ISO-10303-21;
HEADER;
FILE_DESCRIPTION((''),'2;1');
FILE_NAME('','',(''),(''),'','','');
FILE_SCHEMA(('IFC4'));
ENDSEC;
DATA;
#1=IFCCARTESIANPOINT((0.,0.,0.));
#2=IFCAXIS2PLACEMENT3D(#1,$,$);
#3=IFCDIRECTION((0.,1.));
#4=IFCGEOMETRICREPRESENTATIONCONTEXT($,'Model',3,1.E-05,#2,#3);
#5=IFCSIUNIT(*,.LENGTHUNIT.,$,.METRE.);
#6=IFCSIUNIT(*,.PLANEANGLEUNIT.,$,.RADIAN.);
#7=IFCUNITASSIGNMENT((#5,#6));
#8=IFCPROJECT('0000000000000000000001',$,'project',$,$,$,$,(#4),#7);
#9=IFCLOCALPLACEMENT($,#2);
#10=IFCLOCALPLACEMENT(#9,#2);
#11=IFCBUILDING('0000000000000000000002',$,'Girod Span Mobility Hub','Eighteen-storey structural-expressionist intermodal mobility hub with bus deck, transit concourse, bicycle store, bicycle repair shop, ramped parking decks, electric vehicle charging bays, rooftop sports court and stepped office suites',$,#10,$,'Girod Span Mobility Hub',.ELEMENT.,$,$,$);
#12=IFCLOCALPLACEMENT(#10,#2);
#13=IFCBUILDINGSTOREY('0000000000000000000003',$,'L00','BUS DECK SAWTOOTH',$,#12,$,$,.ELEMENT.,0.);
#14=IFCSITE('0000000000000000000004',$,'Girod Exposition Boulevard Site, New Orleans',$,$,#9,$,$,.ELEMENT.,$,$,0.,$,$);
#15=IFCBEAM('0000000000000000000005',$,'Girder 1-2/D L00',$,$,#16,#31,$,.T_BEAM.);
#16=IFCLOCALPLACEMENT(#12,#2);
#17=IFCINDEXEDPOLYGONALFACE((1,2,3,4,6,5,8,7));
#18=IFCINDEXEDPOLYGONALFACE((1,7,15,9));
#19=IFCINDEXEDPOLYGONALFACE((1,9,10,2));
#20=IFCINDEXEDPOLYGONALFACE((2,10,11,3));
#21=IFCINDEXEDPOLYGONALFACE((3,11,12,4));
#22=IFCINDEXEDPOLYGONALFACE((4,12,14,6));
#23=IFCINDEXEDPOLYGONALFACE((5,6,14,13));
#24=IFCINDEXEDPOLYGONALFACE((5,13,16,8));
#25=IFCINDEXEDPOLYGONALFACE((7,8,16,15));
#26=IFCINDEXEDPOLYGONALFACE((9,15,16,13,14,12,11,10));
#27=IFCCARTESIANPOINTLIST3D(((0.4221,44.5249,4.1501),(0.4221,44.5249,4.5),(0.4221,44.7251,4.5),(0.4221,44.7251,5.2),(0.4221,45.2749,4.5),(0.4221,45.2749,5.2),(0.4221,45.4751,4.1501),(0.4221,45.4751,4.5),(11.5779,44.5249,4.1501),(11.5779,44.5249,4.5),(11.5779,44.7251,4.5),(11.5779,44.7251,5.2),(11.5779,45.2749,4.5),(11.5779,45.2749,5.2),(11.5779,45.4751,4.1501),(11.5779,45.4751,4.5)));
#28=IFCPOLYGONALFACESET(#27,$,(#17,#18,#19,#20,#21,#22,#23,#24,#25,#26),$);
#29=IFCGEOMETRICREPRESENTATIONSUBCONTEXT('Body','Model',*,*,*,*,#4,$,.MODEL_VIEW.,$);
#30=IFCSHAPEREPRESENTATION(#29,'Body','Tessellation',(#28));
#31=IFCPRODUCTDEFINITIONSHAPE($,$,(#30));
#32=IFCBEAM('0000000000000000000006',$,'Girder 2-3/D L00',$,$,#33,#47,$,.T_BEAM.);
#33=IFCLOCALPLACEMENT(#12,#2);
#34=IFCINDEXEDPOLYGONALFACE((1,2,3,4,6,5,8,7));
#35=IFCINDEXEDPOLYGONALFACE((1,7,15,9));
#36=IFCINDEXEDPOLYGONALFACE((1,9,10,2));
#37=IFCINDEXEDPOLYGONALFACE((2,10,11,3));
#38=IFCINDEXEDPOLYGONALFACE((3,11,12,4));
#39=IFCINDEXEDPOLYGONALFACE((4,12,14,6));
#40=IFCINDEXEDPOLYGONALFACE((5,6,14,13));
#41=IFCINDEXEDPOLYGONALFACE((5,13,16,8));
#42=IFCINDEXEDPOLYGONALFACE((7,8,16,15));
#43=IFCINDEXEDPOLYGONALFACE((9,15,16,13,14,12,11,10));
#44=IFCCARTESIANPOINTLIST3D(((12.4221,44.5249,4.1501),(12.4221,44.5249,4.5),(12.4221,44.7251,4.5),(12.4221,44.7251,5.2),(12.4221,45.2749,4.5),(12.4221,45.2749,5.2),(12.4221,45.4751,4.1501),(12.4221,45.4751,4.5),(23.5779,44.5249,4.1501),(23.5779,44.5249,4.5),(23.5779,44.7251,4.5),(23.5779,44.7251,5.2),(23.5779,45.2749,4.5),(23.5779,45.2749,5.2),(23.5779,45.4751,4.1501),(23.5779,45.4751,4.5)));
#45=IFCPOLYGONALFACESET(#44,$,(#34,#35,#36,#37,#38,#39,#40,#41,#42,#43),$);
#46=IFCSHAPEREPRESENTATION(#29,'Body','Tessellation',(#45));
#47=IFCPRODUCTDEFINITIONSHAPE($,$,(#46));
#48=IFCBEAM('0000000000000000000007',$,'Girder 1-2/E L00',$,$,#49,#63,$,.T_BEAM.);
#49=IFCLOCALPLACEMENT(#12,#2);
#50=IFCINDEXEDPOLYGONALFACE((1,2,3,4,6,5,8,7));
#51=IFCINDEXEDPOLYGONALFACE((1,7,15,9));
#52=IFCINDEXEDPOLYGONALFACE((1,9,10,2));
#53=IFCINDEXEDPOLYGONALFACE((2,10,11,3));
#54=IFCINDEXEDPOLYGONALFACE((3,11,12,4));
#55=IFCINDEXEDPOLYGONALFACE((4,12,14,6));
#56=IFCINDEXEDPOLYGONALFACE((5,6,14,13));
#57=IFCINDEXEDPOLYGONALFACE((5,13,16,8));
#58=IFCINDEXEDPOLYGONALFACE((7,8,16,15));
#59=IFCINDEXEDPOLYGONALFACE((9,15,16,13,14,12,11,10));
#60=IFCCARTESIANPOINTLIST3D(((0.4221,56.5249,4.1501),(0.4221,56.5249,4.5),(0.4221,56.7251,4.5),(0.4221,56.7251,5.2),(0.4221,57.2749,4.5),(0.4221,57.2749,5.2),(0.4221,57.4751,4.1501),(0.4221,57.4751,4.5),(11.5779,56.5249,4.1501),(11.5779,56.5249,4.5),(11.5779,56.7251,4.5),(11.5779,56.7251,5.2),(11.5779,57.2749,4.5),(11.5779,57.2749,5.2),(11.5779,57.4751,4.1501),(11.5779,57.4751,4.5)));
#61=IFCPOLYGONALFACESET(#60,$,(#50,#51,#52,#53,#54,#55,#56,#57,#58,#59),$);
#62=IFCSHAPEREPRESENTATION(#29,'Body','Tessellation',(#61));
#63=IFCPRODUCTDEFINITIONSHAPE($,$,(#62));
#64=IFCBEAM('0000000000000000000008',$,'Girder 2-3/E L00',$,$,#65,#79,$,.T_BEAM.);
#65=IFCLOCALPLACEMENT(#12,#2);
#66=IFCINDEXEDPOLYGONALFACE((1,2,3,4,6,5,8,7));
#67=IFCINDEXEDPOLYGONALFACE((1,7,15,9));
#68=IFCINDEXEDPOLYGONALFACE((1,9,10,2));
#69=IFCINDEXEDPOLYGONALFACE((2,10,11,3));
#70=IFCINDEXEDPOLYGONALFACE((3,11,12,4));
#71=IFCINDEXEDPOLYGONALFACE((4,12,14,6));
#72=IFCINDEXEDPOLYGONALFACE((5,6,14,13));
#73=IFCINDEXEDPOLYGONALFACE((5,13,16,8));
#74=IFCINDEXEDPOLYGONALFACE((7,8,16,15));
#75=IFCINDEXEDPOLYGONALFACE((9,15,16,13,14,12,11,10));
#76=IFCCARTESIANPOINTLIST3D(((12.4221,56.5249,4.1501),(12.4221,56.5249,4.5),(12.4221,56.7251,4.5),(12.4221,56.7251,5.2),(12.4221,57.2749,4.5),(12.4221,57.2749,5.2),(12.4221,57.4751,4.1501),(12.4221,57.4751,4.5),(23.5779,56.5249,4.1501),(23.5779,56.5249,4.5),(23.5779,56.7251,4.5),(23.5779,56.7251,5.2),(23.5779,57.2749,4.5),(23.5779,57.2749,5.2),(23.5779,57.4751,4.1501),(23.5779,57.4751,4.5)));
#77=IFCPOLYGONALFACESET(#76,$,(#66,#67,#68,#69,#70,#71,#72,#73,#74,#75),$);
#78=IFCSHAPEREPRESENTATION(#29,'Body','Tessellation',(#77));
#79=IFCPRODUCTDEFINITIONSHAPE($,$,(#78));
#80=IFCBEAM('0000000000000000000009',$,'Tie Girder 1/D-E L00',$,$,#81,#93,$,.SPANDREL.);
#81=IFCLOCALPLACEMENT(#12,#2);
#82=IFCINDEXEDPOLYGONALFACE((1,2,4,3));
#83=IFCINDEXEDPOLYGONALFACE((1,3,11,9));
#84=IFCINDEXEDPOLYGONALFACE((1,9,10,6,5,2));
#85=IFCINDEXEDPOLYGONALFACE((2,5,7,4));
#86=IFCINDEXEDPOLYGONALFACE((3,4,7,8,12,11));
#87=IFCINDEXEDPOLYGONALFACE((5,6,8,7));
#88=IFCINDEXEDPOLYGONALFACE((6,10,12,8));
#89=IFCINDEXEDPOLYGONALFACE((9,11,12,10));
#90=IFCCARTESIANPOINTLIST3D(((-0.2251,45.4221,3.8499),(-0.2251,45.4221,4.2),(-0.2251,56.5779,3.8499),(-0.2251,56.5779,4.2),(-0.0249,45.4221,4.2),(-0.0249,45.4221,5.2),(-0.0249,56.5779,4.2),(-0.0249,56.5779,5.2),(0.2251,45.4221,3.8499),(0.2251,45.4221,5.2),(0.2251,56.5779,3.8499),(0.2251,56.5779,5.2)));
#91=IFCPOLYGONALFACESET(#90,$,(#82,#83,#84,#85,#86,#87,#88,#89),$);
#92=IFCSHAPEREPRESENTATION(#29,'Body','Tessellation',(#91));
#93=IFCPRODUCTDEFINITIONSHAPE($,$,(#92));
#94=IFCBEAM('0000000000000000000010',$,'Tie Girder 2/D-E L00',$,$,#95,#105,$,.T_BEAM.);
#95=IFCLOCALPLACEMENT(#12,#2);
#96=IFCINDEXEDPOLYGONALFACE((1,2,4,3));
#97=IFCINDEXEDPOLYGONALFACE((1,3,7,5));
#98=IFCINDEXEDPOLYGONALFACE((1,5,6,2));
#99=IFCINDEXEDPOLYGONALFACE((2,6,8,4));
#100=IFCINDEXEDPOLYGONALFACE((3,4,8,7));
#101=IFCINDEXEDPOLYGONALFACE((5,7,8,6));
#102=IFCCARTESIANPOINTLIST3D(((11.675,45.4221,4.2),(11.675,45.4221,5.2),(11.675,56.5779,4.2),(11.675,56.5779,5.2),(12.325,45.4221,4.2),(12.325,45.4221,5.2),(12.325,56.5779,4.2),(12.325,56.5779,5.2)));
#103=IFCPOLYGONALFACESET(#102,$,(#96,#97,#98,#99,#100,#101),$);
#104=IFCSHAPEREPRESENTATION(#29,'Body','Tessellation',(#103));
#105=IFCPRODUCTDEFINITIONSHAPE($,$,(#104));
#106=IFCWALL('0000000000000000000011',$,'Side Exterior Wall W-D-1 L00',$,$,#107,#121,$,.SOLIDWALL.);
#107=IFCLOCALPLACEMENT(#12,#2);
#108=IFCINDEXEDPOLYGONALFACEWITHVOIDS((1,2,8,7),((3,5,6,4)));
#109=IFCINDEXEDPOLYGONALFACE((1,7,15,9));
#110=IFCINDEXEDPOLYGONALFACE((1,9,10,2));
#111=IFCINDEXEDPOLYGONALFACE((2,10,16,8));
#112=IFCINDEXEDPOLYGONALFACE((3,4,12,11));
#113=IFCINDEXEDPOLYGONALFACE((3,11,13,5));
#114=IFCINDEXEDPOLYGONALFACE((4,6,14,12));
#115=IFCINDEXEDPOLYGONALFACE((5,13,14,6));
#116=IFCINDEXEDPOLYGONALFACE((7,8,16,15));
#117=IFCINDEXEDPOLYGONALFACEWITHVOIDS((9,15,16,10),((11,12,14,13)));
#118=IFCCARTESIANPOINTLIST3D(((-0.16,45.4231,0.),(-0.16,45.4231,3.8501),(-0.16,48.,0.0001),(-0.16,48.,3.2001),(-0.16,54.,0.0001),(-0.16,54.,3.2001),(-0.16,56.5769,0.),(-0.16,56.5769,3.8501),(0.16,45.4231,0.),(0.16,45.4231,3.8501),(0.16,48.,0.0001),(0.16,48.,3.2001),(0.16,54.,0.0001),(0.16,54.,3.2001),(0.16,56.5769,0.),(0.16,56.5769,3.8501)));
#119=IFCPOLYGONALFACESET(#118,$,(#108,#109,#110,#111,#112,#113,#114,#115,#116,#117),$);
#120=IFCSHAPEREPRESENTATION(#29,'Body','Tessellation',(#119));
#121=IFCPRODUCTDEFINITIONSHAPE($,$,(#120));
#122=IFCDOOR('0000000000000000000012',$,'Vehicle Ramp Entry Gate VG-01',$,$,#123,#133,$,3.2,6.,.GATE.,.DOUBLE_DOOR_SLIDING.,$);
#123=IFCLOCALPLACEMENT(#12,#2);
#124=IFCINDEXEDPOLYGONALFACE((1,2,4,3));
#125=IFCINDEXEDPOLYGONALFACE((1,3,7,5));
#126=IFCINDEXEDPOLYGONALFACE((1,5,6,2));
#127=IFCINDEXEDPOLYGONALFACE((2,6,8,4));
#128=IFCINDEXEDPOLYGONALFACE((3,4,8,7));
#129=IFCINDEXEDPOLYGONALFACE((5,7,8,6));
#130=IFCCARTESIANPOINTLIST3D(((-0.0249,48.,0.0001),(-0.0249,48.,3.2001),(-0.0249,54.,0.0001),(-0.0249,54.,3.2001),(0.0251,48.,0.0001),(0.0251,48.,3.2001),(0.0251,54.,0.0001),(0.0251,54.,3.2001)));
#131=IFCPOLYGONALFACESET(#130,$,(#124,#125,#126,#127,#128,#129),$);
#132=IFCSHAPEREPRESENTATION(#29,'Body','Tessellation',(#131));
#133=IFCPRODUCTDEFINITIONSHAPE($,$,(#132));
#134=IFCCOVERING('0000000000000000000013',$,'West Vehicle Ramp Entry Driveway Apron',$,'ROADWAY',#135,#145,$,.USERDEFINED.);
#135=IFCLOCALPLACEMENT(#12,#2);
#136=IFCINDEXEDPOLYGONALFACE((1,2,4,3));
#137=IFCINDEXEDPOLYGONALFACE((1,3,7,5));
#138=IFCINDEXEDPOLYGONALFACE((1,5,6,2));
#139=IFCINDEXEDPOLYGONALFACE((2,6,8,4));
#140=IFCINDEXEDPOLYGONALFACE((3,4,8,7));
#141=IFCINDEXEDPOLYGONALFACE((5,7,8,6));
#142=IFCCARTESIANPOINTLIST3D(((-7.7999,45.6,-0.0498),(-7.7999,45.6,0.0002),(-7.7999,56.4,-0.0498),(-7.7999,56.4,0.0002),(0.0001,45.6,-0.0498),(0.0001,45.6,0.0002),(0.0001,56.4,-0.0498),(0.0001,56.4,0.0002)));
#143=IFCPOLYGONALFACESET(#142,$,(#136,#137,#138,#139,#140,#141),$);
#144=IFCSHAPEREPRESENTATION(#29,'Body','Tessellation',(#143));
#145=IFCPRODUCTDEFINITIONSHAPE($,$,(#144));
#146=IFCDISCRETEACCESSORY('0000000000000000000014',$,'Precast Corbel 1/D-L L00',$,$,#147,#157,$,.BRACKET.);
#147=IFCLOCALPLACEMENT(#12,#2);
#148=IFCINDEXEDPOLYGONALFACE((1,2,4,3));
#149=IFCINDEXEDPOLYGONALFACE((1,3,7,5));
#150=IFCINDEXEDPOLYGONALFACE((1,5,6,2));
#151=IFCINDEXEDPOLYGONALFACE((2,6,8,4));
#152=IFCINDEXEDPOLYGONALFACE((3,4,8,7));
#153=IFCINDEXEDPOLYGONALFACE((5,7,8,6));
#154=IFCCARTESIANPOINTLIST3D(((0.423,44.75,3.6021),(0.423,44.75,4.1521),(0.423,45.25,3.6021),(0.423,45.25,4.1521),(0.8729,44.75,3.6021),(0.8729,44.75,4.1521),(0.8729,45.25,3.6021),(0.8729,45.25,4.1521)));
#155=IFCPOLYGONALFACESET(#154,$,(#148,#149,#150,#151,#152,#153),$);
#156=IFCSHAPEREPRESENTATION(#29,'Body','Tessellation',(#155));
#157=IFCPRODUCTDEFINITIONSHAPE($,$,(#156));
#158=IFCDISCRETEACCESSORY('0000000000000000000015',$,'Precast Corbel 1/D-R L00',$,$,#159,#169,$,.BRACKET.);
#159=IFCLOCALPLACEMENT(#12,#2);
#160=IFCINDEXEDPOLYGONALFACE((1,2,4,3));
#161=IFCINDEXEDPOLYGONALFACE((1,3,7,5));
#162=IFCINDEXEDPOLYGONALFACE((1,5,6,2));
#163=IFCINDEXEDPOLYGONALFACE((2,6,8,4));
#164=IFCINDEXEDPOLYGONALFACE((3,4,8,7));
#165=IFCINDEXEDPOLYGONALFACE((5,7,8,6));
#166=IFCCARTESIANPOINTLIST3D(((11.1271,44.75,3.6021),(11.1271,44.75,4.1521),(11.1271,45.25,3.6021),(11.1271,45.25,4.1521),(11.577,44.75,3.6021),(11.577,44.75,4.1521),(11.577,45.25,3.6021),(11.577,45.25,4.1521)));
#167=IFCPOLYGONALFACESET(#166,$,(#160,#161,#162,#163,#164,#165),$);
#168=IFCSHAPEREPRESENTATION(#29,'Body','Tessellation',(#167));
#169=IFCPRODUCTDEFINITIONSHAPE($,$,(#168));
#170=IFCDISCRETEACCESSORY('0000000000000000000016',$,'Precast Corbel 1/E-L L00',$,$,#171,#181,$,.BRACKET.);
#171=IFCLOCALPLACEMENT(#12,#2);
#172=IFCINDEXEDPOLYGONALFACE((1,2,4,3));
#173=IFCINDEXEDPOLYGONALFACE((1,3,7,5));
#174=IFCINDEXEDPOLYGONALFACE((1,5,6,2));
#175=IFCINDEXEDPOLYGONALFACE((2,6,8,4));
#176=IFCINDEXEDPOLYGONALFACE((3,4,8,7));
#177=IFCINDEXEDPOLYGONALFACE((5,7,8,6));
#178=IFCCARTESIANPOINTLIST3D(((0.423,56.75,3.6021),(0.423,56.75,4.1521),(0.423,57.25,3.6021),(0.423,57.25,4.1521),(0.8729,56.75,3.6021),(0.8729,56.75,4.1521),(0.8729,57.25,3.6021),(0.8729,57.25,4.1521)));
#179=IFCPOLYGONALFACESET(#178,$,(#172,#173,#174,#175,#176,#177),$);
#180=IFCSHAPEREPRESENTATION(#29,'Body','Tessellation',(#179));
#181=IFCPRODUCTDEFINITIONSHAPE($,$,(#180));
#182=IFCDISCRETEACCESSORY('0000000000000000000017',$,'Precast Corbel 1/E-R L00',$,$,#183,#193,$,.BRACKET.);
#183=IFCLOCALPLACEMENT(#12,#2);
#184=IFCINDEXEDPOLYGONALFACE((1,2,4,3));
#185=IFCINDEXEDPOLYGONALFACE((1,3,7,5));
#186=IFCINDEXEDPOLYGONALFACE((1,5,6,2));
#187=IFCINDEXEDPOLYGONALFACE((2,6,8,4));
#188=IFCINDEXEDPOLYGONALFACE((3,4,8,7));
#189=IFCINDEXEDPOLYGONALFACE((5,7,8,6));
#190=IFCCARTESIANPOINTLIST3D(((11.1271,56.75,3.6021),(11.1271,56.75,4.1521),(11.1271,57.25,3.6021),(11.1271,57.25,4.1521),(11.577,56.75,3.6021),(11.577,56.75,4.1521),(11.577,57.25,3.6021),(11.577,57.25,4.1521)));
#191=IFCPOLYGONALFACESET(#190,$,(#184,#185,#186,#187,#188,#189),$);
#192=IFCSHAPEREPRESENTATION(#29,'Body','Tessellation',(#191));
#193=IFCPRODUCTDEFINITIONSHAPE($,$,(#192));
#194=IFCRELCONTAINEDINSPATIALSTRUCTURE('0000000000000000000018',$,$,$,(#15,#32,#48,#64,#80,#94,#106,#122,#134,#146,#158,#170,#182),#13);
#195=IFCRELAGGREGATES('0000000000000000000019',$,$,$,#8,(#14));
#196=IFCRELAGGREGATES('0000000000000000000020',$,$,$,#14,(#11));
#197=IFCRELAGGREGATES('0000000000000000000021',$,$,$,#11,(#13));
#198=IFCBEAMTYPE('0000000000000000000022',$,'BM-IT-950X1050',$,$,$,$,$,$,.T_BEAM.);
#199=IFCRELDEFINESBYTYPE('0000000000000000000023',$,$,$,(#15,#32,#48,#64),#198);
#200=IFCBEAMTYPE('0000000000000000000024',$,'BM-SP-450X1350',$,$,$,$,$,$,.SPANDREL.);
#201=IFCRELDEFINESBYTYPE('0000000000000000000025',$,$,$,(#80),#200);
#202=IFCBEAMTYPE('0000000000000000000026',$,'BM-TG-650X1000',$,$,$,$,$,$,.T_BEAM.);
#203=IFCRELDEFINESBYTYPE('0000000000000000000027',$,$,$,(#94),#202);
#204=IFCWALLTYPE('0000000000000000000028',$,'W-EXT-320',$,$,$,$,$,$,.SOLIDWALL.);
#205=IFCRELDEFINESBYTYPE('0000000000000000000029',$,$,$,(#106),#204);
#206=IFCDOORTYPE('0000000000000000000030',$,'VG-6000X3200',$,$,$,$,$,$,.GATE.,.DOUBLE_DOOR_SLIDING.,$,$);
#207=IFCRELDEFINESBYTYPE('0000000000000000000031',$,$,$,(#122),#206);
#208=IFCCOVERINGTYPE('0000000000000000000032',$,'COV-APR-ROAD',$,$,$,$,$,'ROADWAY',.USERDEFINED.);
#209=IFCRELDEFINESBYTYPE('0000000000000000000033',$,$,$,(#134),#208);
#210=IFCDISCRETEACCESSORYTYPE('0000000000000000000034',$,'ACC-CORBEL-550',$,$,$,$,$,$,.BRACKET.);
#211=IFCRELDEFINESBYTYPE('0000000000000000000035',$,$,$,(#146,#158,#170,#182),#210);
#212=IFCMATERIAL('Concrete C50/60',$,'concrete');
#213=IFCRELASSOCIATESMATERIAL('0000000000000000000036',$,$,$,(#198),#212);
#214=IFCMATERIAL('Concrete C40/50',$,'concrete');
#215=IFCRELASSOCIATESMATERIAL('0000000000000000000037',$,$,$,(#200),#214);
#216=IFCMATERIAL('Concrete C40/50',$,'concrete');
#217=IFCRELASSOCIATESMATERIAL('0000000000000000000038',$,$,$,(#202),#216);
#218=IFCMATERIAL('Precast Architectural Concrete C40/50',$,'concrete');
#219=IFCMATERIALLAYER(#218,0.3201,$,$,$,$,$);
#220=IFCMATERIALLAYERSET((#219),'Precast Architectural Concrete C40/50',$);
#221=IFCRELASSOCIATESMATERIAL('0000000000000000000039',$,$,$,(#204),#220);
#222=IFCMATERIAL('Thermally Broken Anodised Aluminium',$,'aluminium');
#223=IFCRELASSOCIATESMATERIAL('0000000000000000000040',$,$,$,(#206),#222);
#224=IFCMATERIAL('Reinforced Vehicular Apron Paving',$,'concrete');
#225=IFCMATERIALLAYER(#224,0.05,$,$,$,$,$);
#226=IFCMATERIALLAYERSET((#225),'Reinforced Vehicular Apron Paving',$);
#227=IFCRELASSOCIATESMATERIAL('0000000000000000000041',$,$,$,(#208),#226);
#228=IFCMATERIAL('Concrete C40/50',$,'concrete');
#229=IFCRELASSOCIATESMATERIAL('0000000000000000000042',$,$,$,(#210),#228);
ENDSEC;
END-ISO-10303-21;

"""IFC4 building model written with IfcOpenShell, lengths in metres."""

from ifc_helpers import new_model, si_unit, direction, frame, frame_2d, origin, origin_2d, place, context, subcontext, project, spatial, polyline, rectangle, outline, extrude, material, layer, layer_set, material_profile, profile_set, type_object, element, fill, save


model = new_model("IFC4")

# Units and contexts
model_context = context("Model", 3, precision=1e-05, world=origin(), true_north=direction((0.0, 1.0)))
body_context = subcontext(model_context, "Body", "Model", "MODEL_VIEW")
ifc_project = project(units=[si_unit("LENGTHUNIT", "METRE"), si_unit("PLANEANGLEUNIT", "RADIAN")], contexts=[model_context])

# Site, building, storey
site_placement = place(None, origin())
site = spatial("IfcSite", under=ifc_project, at=site_placement, Name="Girod Exposition Boulevard Site, New Orleans", CompositionType="ELEMENT", RefElevation=0.0)
building_placement = place(site_placement, origin())
building = spatial("IfcBuilding", under=site, at=building_placement, Name="Girod Span Mobility Hub", Description="Eighteen-storey structural-expressionist intermodal mobility hub with bus deck, transit concourse, bicycle store, bicycle repair shop, ramped parking decks, electric vehicle charging bays, rooftop sports court and stepped office suites", LongName="Girod Span Mobility Hub", CompositionType="ELEMENT")
storey_placement = place(building_placement, origin())
storey = spatial("IfcBuildingStorey", under=building, at=storey_placement, Name="L00", Description="BUS DECK SAWTOOTH", CompositionType="ELEMENT", Elevation=0.0)

# Beams
ifc_material_1 = material(Name="Concrete C50/60", Category="concrete")
ifc_material_profile_1 = material_profile(ifc_material_1, outline(polyline([(-0.4751, -0.5249), (0.4751, -0.5249), (0.4751, -0.175), (0.2749, -0.175), (0.2749, 0.5249), (-0.2749, 0.5249), (-0.2749, -0.175), (-0.4751, -0.175), (-0.4751, -0.5249)])), Name="IT-950X1050")
ifc_profile_set_1 = profile_set([ifc_material_profile_1], Name="Concrete C50/60")
beam_type_1 = type_object("IfcBeamType", Name="BM-IT-950X1050", PredefinedType="T_BEAM", material=ifc_profile_set_1)
for number, where, z_axis, x_axis, name in (
    (1, (0.4221, 45.0, 4.675), (1.0, 0.0, 0.0), (0.0, 1.0, 0.0), "Girder 1-2/D L00"),
    (2, (12.4221, 45.0, 4.675), (1.0, 0.0, 0.0), (0.0, 1.0, 0.0), "Girder 2-3/D L00"),
    (3, (0.4221, 57.0, 4.675), (1.0, 0.0, 0.0), (0.0, 1.0, 0.0), "Girder 1-2/E L00"),
    (4, (12.4221, 57.0, 4.675), (1.0, 0.0, 0.0), (0.0, 1.0, 0.0), "Girder 2-3/E L00"),
):
    element("IfcBeam", number, at=place(storey_placement, frame(where, z_axis=z_axis, x_axis=x_axis)), inside=storey, type_object=beam_type_1, Name=name, PredefinedType="T_BEAM", context=body_context, shape_type="SweptSolid", body=[
        extrude(outline(polyline([(-0.4751, -0.5249), (0.4751, -0.5249), (0.4751, -0.175), (0.2749, -0.175), (0.2749, 0.5249), (-0.2749, 0.5249), (-0.2749, -0.175), (-0.4751, -0.175), (-0.4751, -0.5249)])), origin(), (0.0, 0.0, 1.0), 11.1558),
    ])
ifc_material_2 = material(Name="Concrete C40/50", Category="concrete")
ifc_material_profile_2 = material_profile(ifc_material_2, outline(polyline([(-0.2251, -0.675), (0.2251, -0.675), (0.2251, -0.325), (0.0249, -0.325), (0.0249, 0.675), (-0.2251, 0.675), (-0.2251, -0.675)])), Name="SP-450X1350")
ifc_profile_set_2 = profile_set([ifc_material_profile_2], Name="Concrete C40/50")
beam_type_2 = type_object("IfcBeamType", Name="BM-SP-450X1350", PredefinedType="SPANDREL", material=ifc_profile_set_2)
beam_1_placement = place(storey_placement, frame((0.0, 45.4221, 4.5249), z_axis=(0.0, 1.0, 0.0), x_axis=(-1.0, 0.0, 0.0)))
element("IfcBeam", 5, at=beam_1_placement, inside=storey, type_object=beam_type_2, Name="Tie Girder 1/D-E L00", PredefinedType="SPANDREL", context=body_context, shape_type="SweptSolid", body=[
    extrude(outline(polyline([(-0.2251, -0.675), (0.2251, -0.675), (0.2251, -0.325), (0.0249, -0.325), (0.0249, 0.675), (-0.2251, 0.675), (-0.2251, -0.675)])), origin(), (0.0, 0.0, 1.0), 11.1558),
])
ifc_material_3 = material(Name="Concrete C40/50", Category="concrete")
ifc_material_profile_3 = material_profile(ifc_material_3, rectangle(XDim=0.6499, YDim=1.0, at=origin_2d()), Name="TG-650X1000")
ifc_profile_set_3 = profile_set([ifc_material_profile_3], Name="Concrete C40/50")
beam_type_3 = type_object("IfcBeamType", Name="BM-TG-650X1000", PredefinedType="T_BEAM", material=ifc_profile_set_3)
beam_2_placement = place(storey_placement, frame((12.0, 45.4221, 4.7), z_axis=(0.0, 1.0, 0.0), x_axis=(-1.0, 0.0, 0.0)))
element("IfcBeam", 6, at=beam_2_placement, inside=storey, type_object=beam_type_3, Name="Tie Girder 2/D-E L00", PredefinedType="T_BEAM", context=body_context, shape_type="SweptSolid", body=[
    extrude(rectangle(XDim=0.6499, YDim=1.0, at=origin_2d()), origin(), (0.0, 0.0, 1.0), 11.1558),
])

# Wall, opening, door
ifc_material_4 = material(Name="Precast Architectural Concrete C40/50", Category="concrete")
ifc_layer_1 = layer(ifc_material_4, 0.3201)
ifc_layer_set_1 = layer_set([ifc_layer_1], Name="Precast Architectural Concrete C40/50")
wall_type = type_object("IfcWallType", Name="W-EXT-320", PredefinedType="SOLIDWALL", material=ifc_layer_set_1)
wall_placement = place(storey_placement, frame((0.0, 45.4231, 0.0), z_axis=(0.0, 0.0, 1.0), x_axis=(0.0, 1.0, 0.0)))
wall = element("IfcWall", 7, at=wall_placement, inside=storey, type_object=wall_type, Name="Side Exterior Wall W-D-1 L00", PredefinedType="SOLIDWALL", context=body_context, shape_type="SweptSolid", body=[
    extrude(rectangle(XDim=11.1538, YDim=0.3201, at=frame_2d((5.5769, 0.0))), origin(), (0.0, 0.0, 1.0), 3.8501),
])
opening_placement = place(wall_placement, frame((2.5769, 0.0, 0.0)))
opening = element("IfcOpeningElement", 8, at=opening_placement, cuts=wall, PredefinedType="OPENING", context=body_context, shape_type="SweptSolid", body=[
    extrude(rectangle(XDim=6.0, YDim=3.2, at=frame_2d((3.0, 1.6001))), frame((0.0, 0.175, 0.0), z_axis=(0.0, -1.0, 0.0), x_axis=(1.0, 0.0, 0.0)), (0.0, 0.0, 1.0), 0.3501),
])
ifc_material_5 = material(Name="Thermally Broken Anodised Aluminium", Category="aluminium")
door_type = type_object("IfcDoorType", Name="VG-6000X3200", OperationType="DOUBLE_DOOR_SLIDING", PredefinedType="GATE", material=ifc_material_5)
door_placement = place(opening_placement, origin())
door = element("IfcDoor", 9, at=door_placement, inside=storey, type_object=door_type, Name="Vehicle Ramp Entry Gate VG-01", OperationType="DOUBLE_DOOR_SLIDING", OverallHeight=3.2, OverallWidth=6.0, PredefinedType="GATE", context=body_context, shape_type="SweptSolid", body=[
    extrude(rectangle(XDim=6.0, YDim=3.2, at=frame_2d((3.0, 1.6001))), frame((0.0, 0.0249, 0.0), z_axis=(0.0, -1.0, 0.0), x_axis=(1.0, 0.0, 0.0)), (0.0, 0.0, 1.0), 0.05),
])
fill(opening, door)

# Covering
ifc_material_6 = material(Name="Reinforced Vehicular Apron Paving", Category="concrete")
ifc_layer_2 = layer(ifc_material_6, 0.05)
ifc_layer_set_2 = layer_set([ifc_layer_2], Name="Reinforced Vehicular Apron Paving")
covering_type = type_object("IfcCoveringType", Name="COV-APR-ROAD", ElementType="ROADWAY", PredefinedType="USERDEFINED", material=ifc_layer_set_2)
covering_placement = place(storey_placement, frame((-3.8999, 51.0, -0.0498), z_axis=(0.0, 0.0, 1.0), x_axis=(1.0, 0.0, 0.0)))
element("IfcCovering", 10, at=covering_placement, inside=storey, type_object=covering_type, Name="West Vehicle Ramp Entry Driveway Apron", ObjectType="ROADWAY", PredefinedType="USERDEFINED", context=body_context, shape_type="SweptSolid", body=[
    extrude(rectangle(XDim=7.8, YDim=10.8, at=origin_2d()), origin(), (0.0, 0.0, 1.0), 0.05),
])

# Discrete accessories
ifc_material_7 = material(Name="Concrete C40/50", Category="concrete")
discrete_accessory_type = type_object("IfcDiscreteAccessoryType", Name="ACC-CORBEL-550", PredefinedType="BRACKET", material=ifc_material_7)
for number, where, z_axis, x_axis, name in (
    (11, (0.6479, 45.0, 3.6021), (0.0, 0.0, 1.0), (1.0, 0.0, 0.0), "Precast Corbel 1/D-L L00"),
    (12, (11.3521, 45.0, 3.6021), (0.0, 0.0, 1.0), (1.0, 0.0, 0.0), "Precast Corbel 1/D-R L00"),
    (13, (0.6479, 57.0, 3.6021), (0.0, 0.0, 1.0), (1.0, 0.0, 0.0), "Precast Corbel 1/E-L L00"),
    (14, (11.3521, 57.0, 3.6021), (0.0, 0.0, 1.0), (1.0, 0.0, 0.0), "Precast Corbel 1/E-R L00"),
):
    element("IfcDiscreteAccessory", number, at=place(storey_placement, frame(where, z_axis=z_axis, x_axis=x_axis)), inside=storey, type_object=discrete_accessory_type, Name=name, PredefinedType="BRACKET", context=body_context, shape_type="SweptSolid", body=[
        extrude(rectangle(XDim=0.45, YDim=0.5, at=origin_2d()), origin(), (0.0, 0.0, 1.0), 0.55),
    ])

save(model, "model.ifc")
